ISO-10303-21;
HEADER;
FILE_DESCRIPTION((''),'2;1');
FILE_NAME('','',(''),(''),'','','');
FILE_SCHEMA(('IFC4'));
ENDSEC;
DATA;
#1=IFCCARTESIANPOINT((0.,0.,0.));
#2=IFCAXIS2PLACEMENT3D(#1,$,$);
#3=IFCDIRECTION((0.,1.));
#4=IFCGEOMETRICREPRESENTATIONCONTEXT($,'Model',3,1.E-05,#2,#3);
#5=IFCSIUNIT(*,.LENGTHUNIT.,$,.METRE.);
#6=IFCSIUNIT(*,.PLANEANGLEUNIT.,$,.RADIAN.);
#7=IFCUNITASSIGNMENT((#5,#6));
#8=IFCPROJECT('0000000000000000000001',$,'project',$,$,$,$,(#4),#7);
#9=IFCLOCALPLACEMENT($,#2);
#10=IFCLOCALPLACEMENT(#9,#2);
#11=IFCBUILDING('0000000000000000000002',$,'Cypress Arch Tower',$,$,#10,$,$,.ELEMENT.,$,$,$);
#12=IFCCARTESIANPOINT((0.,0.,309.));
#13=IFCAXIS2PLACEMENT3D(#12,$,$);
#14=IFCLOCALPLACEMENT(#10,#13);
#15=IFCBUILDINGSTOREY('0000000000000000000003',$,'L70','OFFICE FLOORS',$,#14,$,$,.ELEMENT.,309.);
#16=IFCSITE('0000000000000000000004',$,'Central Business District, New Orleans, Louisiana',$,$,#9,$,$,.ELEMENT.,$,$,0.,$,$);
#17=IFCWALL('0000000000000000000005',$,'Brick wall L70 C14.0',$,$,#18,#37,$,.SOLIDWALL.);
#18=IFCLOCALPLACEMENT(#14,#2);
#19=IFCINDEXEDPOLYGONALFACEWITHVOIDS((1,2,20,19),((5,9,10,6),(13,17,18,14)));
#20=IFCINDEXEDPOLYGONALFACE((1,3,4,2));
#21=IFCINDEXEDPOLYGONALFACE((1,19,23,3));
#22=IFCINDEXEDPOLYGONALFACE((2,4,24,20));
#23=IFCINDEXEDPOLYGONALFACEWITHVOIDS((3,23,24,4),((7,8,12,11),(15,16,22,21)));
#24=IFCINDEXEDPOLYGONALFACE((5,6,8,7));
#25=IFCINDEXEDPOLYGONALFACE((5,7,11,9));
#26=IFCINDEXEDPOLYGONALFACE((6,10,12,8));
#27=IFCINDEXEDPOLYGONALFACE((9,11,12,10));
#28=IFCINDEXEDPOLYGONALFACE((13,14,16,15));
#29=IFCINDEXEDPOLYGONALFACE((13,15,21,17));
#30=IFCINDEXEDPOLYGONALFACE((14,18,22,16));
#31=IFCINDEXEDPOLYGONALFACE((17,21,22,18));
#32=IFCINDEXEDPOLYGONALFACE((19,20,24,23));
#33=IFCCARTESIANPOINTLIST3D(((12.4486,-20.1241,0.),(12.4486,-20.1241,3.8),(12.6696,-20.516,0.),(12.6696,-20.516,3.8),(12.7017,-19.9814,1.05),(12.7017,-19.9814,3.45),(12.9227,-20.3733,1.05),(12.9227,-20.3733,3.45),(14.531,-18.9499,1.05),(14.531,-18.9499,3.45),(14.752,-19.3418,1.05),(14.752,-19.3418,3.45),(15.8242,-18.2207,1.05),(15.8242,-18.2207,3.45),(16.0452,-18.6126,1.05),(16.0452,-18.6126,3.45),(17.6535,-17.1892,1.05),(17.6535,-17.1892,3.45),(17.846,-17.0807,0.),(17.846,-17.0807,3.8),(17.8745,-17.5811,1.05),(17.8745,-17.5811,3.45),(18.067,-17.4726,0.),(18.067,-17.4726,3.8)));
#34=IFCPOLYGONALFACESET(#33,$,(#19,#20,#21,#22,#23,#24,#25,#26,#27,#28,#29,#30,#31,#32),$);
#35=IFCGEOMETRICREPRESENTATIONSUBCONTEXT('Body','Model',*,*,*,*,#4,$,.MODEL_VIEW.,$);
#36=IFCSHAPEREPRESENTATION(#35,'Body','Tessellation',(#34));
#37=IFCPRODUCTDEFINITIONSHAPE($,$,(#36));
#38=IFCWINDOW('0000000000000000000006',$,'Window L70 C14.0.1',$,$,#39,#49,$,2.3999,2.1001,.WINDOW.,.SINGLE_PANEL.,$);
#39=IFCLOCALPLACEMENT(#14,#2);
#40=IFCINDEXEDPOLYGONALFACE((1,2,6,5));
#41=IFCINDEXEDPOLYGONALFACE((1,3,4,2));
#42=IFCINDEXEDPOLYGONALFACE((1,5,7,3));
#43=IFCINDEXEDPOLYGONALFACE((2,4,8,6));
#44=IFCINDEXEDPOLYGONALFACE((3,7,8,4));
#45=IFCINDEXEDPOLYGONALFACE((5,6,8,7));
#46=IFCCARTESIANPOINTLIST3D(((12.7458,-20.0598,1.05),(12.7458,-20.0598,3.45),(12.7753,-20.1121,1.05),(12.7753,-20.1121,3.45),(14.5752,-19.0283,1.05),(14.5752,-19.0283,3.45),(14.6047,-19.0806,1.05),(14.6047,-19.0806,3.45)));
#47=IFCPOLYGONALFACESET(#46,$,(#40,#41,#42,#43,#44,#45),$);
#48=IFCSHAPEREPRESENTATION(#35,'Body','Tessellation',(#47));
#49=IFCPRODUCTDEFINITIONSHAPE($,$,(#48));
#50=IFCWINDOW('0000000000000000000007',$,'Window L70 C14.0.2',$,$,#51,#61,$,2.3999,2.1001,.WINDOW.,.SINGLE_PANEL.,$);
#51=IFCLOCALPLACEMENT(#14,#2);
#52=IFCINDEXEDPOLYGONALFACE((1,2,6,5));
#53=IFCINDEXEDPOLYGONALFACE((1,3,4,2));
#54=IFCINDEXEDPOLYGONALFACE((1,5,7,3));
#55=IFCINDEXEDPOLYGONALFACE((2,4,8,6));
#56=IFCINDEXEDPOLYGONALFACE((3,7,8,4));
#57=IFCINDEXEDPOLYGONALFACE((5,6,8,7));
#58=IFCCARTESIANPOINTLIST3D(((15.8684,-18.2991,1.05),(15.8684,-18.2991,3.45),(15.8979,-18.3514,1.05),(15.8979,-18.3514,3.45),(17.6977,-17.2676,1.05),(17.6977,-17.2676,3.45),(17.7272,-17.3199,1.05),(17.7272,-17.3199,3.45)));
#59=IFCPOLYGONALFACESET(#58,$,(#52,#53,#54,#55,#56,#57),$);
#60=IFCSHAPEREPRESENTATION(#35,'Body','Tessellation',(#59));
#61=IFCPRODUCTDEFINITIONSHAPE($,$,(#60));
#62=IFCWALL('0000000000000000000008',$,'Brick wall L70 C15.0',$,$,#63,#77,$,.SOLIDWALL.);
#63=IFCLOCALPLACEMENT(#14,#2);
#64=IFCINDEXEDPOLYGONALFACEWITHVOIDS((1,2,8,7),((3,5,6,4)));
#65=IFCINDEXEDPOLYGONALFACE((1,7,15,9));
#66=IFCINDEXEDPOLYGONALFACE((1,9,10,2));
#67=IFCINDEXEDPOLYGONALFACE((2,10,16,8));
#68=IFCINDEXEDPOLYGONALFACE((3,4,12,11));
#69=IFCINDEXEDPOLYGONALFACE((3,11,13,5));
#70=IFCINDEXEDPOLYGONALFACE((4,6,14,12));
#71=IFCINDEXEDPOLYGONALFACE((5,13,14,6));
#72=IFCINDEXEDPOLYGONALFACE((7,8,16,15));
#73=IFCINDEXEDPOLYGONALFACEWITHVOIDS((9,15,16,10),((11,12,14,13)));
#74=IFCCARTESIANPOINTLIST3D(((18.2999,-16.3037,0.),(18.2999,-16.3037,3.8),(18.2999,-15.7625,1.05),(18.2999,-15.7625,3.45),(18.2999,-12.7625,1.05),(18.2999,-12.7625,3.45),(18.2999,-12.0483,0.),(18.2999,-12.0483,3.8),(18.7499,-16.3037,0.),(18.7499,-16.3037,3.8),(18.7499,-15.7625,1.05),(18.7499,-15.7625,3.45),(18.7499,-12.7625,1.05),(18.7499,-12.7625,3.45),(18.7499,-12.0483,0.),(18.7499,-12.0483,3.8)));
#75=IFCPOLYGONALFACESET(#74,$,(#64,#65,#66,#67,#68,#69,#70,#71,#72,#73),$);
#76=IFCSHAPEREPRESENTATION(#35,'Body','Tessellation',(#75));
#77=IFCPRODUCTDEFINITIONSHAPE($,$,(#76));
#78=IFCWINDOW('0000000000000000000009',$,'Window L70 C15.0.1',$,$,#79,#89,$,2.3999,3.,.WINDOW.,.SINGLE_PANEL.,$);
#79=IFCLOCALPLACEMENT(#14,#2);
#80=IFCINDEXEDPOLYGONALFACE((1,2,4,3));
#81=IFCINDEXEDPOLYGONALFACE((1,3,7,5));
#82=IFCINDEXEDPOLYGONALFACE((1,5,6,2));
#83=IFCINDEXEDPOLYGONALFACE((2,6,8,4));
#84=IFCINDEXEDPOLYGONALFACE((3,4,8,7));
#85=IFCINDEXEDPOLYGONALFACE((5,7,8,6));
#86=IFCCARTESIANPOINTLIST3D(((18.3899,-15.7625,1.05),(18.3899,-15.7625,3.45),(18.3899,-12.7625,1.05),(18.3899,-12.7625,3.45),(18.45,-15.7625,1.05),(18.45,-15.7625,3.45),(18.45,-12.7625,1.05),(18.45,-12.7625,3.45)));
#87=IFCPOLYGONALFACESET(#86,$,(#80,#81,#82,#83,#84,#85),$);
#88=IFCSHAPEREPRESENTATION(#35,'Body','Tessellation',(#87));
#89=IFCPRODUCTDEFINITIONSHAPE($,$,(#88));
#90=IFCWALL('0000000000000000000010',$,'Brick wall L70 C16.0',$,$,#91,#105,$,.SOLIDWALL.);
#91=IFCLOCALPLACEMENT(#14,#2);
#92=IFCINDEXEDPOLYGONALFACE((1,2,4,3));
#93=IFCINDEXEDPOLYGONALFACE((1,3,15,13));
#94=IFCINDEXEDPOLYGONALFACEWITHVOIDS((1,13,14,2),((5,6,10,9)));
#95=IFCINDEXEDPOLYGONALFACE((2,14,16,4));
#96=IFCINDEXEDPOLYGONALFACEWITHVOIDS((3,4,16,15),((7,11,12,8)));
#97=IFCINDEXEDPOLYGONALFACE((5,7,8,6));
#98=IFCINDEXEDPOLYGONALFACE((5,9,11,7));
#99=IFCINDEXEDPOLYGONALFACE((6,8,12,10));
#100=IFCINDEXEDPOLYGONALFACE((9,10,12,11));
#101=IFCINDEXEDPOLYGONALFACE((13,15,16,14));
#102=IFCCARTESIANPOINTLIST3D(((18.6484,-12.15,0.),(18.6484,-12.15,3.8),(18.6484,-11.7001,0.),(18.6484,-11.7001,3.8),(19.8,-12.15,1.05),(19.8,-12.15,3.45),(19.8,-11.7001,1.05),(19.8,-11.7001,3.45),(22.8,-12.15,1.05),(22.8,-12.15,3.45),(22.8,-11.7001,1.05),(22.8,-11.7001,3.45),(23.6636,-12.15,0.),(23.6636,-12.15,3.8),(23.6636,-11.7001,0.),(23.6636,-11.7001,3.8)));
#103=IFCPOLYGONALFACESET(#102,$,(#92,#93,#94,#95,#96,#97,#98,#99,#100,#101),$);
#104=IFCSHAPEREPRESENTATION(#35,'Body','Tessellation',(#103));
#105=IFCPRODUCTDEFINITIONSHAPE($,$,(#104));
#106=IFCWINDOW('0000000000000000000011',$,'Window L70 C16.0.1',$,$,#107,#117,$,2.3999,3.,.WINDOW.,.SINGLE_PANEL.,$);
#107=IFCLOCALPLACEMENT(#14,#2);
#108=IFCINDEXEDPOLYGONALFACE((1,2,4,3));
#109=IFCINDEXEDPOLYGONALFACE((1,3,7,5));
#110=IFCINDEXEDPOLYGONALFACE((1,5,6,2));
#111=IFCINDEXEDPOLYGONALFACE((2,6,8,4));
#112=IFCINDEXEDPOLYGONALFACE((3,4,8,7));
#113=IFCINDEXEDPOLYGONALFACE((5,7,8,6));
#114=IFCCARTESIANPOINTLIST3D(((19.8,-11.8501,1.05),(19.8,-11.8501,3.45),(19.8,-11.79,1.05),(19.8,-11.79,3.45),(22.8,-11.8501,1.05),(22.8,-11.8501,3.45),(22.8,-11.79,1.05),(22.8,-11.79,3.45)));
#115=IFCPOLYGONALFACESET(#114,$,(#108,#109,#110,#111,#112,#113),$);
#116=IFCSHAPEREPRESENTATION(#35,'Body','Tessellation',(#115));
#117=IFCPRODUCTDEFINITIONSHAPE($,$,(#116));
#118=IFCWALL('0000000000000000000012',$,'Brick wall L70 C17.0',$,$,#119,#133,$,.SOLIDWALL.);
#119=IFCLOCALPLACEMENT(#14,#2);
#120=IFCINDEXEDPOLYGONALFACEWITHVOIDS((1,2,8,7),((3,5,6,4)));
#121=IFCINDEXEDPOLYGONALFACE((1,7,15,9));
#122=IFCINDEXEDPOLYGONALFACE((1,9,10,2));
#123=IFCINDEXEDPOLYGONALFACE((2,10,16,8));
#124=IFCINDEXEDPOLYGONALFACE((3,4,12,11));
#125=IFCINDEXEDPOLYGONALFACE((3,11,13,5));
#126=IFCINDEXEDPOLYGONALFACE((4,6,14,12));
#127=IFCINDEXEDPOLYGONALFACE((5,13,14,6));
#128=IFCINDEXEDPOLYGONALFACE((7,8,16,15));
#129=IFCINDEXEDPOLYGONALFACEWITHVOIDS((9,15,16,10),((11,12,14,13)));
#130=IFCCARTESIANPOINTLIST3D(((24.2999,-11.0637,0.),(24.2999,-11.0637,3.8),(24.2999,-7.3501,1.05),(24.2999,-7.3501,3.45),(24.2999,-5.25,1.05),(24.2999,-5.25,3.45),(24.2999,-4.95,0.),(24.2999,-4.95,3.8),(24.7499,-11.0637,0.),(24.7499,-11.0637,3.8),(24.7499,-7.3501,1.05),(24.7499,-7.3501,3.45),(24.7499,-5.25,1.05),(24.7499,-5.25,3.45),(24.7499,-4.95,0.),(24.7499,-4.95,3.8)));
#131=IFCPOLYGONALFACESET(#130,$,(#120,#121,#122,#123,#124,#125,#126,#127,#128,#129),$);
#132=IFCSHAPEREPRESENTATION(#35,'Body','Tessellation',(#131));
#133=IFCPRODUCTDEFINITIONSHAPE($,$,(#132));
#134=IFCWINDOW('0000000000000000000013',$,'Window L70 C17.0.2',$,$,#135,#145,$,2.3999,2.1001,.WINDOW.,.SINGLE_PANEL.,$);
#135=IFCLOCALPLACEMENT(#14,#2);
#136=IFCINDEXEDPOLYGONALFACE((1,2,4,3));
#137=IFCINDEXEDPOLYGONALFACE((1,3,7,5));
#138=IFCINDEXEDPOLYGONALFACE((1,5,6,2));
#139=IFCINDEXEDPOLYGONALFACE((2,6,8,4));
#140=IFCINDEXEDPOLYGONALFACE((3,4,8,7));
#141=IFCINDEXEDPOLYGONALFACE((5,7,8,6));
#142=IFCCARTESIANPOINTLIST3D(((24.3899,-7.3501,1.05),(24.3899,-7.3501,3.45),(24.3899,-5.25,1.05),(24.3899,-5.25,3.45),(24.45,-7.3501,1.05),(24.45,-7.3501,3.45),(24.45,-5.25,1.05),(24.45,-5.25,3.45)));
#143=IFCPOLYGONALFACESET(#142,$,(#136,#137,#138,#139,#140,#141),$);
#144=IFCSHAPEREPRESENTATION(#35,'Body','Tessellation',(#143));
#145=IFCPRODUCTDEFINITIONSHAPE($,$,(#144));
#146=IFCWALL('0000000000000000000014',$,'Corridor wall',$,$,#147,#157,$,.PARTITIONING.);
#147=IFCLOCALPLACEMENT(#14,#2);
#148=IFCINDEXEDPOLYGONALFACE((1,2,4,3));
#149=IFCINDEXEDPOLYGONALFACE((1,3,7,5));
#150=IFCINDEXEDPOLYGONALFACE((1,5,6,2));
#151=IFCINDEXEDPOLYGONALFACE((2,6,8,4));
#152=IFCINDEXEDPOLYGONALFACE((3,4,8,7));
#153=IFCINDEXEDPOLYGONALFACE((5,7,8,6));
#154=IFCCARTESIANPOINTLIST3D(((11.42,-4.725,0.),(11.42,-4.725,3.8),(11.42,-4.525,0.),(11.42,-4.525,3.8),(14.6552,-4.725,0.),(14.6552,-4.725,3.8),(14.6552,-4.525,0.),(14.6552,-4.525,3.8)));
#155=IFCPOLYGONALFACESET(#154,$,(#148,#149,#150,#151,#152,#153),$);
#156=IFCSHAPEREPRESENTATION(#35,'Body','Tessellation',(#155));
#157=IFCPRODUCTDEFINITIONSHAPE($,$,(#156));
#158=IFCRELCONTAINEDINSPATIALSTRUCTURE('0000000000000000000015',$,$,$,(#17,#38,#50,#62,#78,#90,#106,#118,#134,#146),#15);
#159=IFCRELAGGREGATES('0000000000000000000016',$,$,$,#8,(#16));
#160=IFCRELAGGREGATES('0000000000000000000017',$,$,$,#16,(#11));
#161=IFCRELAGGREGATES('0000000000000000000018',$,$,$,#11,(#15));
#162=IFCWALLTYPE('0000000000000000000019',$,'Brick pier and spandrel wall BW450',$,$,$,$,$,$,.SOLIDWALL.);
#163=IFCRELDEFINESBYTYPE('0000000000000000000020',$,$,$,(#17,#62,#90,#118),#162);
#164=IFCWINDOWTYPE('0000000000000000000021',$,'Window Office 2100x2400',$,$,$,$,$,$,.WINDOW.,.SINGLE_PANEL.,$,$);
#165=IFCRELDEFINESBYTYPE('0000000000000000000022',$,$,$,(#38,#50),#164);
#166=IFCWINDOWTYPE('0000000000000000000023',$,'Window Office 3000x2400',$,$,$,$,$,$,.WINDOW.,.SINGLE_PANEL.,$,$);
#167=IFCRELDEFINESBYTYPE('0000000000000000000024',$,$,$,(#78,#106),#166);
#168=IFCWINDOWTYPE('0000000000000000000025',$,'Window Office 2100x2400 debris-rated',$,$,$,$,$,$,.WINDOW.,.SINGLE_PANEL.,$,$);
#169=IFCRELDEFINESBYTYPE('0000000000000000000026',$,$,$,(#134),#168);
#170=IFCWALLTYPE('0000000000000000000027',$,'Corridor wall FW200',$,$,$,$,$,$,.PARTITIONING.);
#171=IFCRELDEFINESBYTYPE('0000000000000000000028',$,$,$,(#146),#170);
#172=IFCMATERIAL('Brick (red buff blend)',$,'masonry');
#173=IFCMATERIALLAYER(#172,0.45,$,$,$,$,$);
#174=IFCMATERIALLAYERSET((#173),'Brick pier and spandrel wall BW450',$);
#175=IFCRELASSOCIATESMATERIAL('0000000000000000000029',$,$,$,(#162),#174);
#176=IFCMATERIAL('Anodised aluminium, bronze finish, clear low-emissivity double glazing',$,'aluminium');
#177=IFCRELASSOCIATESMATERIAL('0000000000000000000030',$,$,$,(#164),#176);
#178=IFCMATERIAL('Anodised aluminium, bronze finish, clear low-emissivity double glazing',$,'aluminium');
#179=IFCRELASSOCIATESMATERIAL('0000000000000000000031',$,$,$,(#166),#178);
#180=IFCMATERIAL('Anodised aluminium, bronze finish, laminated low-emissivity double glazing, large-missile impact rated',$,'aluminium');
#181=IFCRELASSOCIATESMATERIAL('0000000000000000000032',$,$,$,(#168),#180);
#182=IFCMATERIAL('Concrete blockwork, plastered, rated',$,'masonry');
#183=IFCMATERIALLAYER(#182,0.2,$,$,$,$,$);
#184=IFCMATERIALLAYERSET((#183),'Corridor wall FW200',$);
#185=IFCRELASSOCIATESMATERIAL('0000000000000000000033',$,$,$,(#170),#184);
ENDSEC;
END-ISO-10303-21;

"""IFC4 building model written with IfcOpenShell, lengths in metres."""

from ifc_helpers import new_model, si_unit, direction, frame, frame_2d, origin, place, context, subcontext, project, spatial, rectangle, extrude, material, layer, layer_set, type_object, element, fill, save


model = new_model("IFC4")

# Units and contexts
model_context = context("Model", 3, precision=1e-05, world=origin(), true_north=direction((0.0, 1.0)))
body_context = subcontext(model_context, "Body", "Model", "MODEL_VIEW")
ifc_project = project(units=[si_unit("LENGTHUNIT", "METRE"), si_unit("PLANEANGLEUNIT", "RADIAN")], contexts=[model_context])

# Site, building, storey
site_placement = place(None, origin())
site = spatial("IfcSite", under=ifc_project, at=site_placement, Name="Central Business District, New Orleans, Louisiana", CompositionType="ELEMENT", RefElevation=0.0)
building_placement = place(site_placement, origin())
building = spatial("IfcBuilding", under=site, at=building_placement, Name="Cypress Arch Tower", CompositionType="ELEMENT")
storey_placement = place(building_placement, frame((0.0, 0.0, 309.0)))
storey = spatial("IfcBuildingStorey", under=building, at=storey_placement, Name="L70", Description="OFFICE FLOORS", CompositionType="ELEMENT", Elevation=309.0)

# Wall, openings, windows
ifc_material_1 = material(Name="Brick (red buff blend)", Category="masonry")
ifc_layer_1 = layer(ifc_material_1, 0.45)
ifc_layer_set_1 = layer_set([ifc_layer_1], Name="Brick pier and spandrel wall BW450")
wall_type_1 = type_object("IfcWallType", Name="Brick pier and spandrel wall BW450", PredefinedType="SOLIDWALL", material=ifc_layer_set_1)
wall_1_placement = place(storey_placement, frame((12.5591, -20.3201, 0.0), z_axis=(0.0, 0.0, 1.0), x_axis=(0.871066, 0.491166, 0.0)))
wall_1 = element("IfcWall", 1, at=wall_1_placement, inside=storey, type_object=wall_type_1, Name="Brick wall L70 C14.0", PredefinedType="SOLIDWALL", context=body_context, shape_type="SweptSolid", body=[
    extrude(rectangle(XDim=6.1963, YDim=0.45, at=frame_2d((3.0981, 0.0))), origin(), (0.0, 0.0, 1.0), 3.8),
])
opening_1_placement = place(wall_1_placement, frame((0.2905, 0.0, 1.05)))
opening_1 = element("IfcOpeningElement", 2, at=opening_1_placement, cuts=wall_1, PredefinedType="OPENING", context=body_context, shape_type="SweptSolid", body=[
    extrude(rectangle(XDim=2.1001, YDim=2.3999, at=frame_2d((1.05, 1.2))), frame((0.0, 0.2349, 0.0), z_axis=(0.0, -1.0, 0.0), x_axis=(1.0, 0.0, 0.0)), (0.0, 0.0, 1.0), 0.47),
])
opening_2_placement = place(wall_1_placement, frame((3.8752, 0.0, 1.05)))
opening_2 = element("IfcOpeningElement", 3, at=opening_2_placement, cuts=wall_1, PredefinedType="OPENING", context=body_context, shape_type="SweptSolid", body=[
    extrude(rectangle(XDim=2.1001, YDim=2.3999, at=frame_2d((1.05, 1.2))), frame((0.0, 0.2349, 0.0), z_axis=(0.0, -1.0, 0.0), x_axis=(1.0, 0.0, 0.0)), (0.0, 0.0, 1.0), 0.47),
])
ifc_material_2 = material(Name="Anodised aluminium, bronze finish, clear low-emissivity double glazing", Category="aluminium")
window_type_1 = type_object("IfcWindowType", Name="Window Office 2100x2400", PartitioningType="SINGLE_PANEL", PredefinedType="WINDOW", material=ifc_material_2)
window_1_placement = place(opening_1_placement, origin())
window_1 = element("IfcWindow", 4, at=window_1_placement, inside=storey, type_object=window_type_1, Name="Window L70 C14.0.1", OverallHeight=2.3999, OverallWidth=2.1001, PartitioningType="SINGLE_PANEL", PredefinedType="WINDOW", context=body_context, shape_type="SweptSolid", body=[
    extrude(rectangle(XDim=2.1001, YDim=2.3999, at=frame_2d((1.05, 1.2))), frame((0.0, 0.135, 0.0), z_axis=(0.0, -1.0, 0.0), x_axis=(1.0, 0.0, 0.0)), (0.0, 0.0, 1.0), 0.0601),
])
fill(opening_1, window_1)
window_2_placement = place(opening_2_placement, origin())
window_2 = element("IfcWindow", 5, at=window_2_placement, inside=storey, type_object=window_type_1, Name="Window L70 C14.0.2", OverallHeight=2.3999, OverallWidth=2.1001, PartitioningType="SINGLE_PANEL", PredefinedType="WINDOW", context=body_context, shape_type="SweptSolid", body=[
    extrude(rectangle(XDim=2.1001, YDim=2.3999, at=frame_2d((1.05, 1.2))), frame((0.0, 0.135, 0.0), z_axis=(0.0, -1.0, 0.0), x_axis=(1.0, 0.0, 0.0)), (0.0, 0.0, 1.0), 0.0601),
])
fill(opening_2, window_2)

# Walls, openings, windows
wall_2_placement = place(storey_placement, frame((18.5249, -16.3037, 0.0), z_axis=(0.0, 0.0, 1.0), x_axis=(0.0, 1.0, 0.0)))
wall_2 = element("IfcWall", 6, at=wall_2_placement, inside=storey, type_object=wall_type_1, Name="Brick wall L70 C15.0", PredefinedType="SOLIDWALL", context=body_context, shape_type="SweptSolid", body=[
    extrude(rectangle(XDim=4.2554, YDim=0.45, at=frame_2d((2.1277, 0.0))), origin(), (0.0, 0.0, 1.0), 3.8),
])
opening_3_placement = place(wall_2_placement, frame((0.5413, 0.0, 1.05)))
opening_3 = element("IfcOpeningElement", 7, at=opening_3_placement, cuts=wall_2, PredefinedType="OPENING", context=body_context, shape_type="SweptSolid", body=[
    extrude(rectangle(XDim=3.0, YDim=2.3999, at=frame_2d((1.5, 1.2))), frame((0.0, 0.2349, 0.0), z_axis=(0.0, -1.0, 0.0), x_axis=(1.0, 0.0, 0.0)), (0.0, 0.0, 1.0), 0.47),
])
ifc_material_3 = material(Name="Anodised aluminium, bronze finish, clear low-emissivity double glazing", Category="aluminium")
window_type_2 = type_object("IfcWindowType", Name="Window Office 3000x2400", PartitioningType="SINGLE_PANEL", PredefinedType="WINDOW", material=ifc_material_3)
window_3_placement = place(opening_3_placement, origin())
window_3 = element("IfcWindow", 8, at=window_3_placement, inside=storey, type_object=window_type_2, Name="Window L70 C15.0.1", OverallHeight=2.3999, OverallWidth=3.0, PartitioningType="SINGLE_PANEL", PredefinedType="WINDOW", context=body_context, shape_type="SweptSolid", body=[
    extrude(rectangle(XDim=3.0, YDim=2.3999, at=frame_2d((1.5, 1.2))), frame((0.0, 0.135, 0.0), z_axis=(0.0, -1.0, 0.0), x_axis=(1.0, 0.0, 0.0)), (0.0, 0.0, 1.0), 0.0601),
])
fill(opening_3, window_3)
wall_3_placement = place(storey_placement, frame((18.6484, -11.925, 0.0), z_axis=(0.0, 0.0, 1.0), x_axis=(1.0, 0.0, 0.0)))
wall_3 = element("IfcWall", 9, at=wall_3_placement, inside=storey, type_object=wall_type_1, Name="Brick wall L70 C16.0", PredefinedType="SOLIDWALL", context=body_context, shape_type="SweptSolid", body=[
    extrude(rectangle(XDim=5.0151, YDim=0.45, at=frame_2d((2.5076, 0.0))), origin(), (0.0, 0.0, 1.0), 3.8),
])
opening_4_placement = place(wall_3_placement, frame((1.1516, 0.0, 1.05)))
opening_4 = element("IfcOpeningElement", 10, at=opening_4_placement, cuts=wall_3, PredefinedType="OPENING", context=body_context, shape_type="SweptSolid", body=[
    extrude(rectangle(XDim=3.0, YDim=2.3999, at=frame_2d((1.5, 1.2))), frame((0.0, 0.2349, 0.0), z_axis=(0.0, -1.0, 0.0), x_axis=(1.0, 0.0, 0.0)), (0.0, 0.0, 1.0), 0.47),
])
window_4_placement = place(opening_4_placement, origin())
window_4 = element("IfcWindow", 11, at=window_4_placement, inside=storey, type_object=window_type_2, Name="Window L70 C16.0.1", OverallHeight=2.3999, OverallWidth=3.0, PartitioningType="SINGLE_PANEL", PredefinedType="WINDOW", context=body_context, shape_type="SweptSolid", body=[
    extrude(rectangle(XDim=3.0, YDim=2.3999, at=frame_2d((1.5, 1.2))), frame((0.0, 0.135, 0.0), z_axis=(0.0, -1.0, 0.0), x_axis=(1.0, 0.0, 0.0)), (0.0, 0.0, 1.0), 0.0601),
])
fill(opening_4, window_4)
wall_4_placement = place(storey_placement, frame((24.5249, -11.0637, 0.0), z_axis=(0.0, 0.0, 1.0), x_axis=(0.0, 1.0, 0.0)))
wall_4 = element("IfcWall", 12, at=wall_4_placement, inside=storey, type_object=wall_type_1, Name="Brick wall L70 C17.0", PredefinedType="SOLIDWALL", context=body_context, shape_type="SweptSolid", body=[
    extrude(rectangle(XDim=6.1138, YDim=0.45, at=frame_2d((3.0569, 0.0))), origin(), (0.0, 0.0, 1.0), 3.8),
])
opening_5_placement = place(wall_4_placement, frame((3.7136, 0.0, 1.05)))
opening_5 = element("IfcOpeningElement", 13, at=opening_5_placement, cuts=wall_4, PredefinedType="OPENING", context=body_context, shape_type="SweptSolid", body=[
    extrude(rectangle(XDim=2.1001, YDim=2.3999, at=frame_2d((1.05, 1.2))), frame((0.0, 0.2349, 0.0), z_axis=(0.0, -1.0, 0.0), x_axis=(1.0, 0.0, 0.0)), (0.0, 0.0, 1.0), 0.47),
])
ifc_material_4 = material(Name="Anodised aluminium, bronze finish, laminated low-emissivity double glazing, large-missile impact rated", Category="aluminium")
window_type_3 = type_object("IfcWindowType", Name="Window Office 2100x2400 debris-rated", PartitioningType="SINGLE_PANEL", PredefinedType="WINDOW", material=ifc_material_4)
window_5_placement = place(opening_5_placement, origin())
window_5 = element("IfcWindow", 14, at=window_5_placement, inside=storey, type_object=window_type_3, Name="Window L70 C17.0.2", OverallHeight=2.3999, OverallWidth=2.1001, PartitioningType="SINGLE_PANEL", PredefinedType="WINDOW", context=body_context, shape_type="SweptSolid", body=[
    extrude(rectangle(XDim=2.1001, YDim=2.3999, at=frame_2d((1.05, 1.2))), frame((0.0, 0.135, 0.0), z_axis=(0.0, -1.0, 0.0), x_axis=(1.0, 0.0, 0.0)), (0.0, 0.0, 1.0), 0.0601),
])
fill(opening_5, window_5)

# Wall
ifc_material_5 = material(Name="Concrete blockwork, plastered, rated", Category="masonry")
ifc_layer_2 = layer(ifc_material_5, 0.2)
ifc_layer_set_2 = layer_set([ifc_layer_2], Name="Corridor wall FW200")
wall_type_2 = type_object("IfcWallType", Name="Corridor wall FW200", PredefinedType="PARTITIONING", material=ifc_layer_set_2)
wall_5_placement = place(storey_placement, frame((11.4199, -4.625, 0.0), z_axis=(0.0, 0.0, 1.0), x_axis=(1.0, 0.0, 0.0)))
element("IfcWall", 15, at=wall_5_placement, inside=storey, type_object=wall_type_2, Name="Corridor wall", PredefinedType="PARTITIONING", context=body_context, shape_type="SweptSolid", body=[
    extrude(rectangle(XDim=3.2351, YDim=0.2, at=frame_2d((1.6177, 0.0))), origin(), (0.0, 0.0, 1.0), 3.8),
])

save(model, "model.ifc")
